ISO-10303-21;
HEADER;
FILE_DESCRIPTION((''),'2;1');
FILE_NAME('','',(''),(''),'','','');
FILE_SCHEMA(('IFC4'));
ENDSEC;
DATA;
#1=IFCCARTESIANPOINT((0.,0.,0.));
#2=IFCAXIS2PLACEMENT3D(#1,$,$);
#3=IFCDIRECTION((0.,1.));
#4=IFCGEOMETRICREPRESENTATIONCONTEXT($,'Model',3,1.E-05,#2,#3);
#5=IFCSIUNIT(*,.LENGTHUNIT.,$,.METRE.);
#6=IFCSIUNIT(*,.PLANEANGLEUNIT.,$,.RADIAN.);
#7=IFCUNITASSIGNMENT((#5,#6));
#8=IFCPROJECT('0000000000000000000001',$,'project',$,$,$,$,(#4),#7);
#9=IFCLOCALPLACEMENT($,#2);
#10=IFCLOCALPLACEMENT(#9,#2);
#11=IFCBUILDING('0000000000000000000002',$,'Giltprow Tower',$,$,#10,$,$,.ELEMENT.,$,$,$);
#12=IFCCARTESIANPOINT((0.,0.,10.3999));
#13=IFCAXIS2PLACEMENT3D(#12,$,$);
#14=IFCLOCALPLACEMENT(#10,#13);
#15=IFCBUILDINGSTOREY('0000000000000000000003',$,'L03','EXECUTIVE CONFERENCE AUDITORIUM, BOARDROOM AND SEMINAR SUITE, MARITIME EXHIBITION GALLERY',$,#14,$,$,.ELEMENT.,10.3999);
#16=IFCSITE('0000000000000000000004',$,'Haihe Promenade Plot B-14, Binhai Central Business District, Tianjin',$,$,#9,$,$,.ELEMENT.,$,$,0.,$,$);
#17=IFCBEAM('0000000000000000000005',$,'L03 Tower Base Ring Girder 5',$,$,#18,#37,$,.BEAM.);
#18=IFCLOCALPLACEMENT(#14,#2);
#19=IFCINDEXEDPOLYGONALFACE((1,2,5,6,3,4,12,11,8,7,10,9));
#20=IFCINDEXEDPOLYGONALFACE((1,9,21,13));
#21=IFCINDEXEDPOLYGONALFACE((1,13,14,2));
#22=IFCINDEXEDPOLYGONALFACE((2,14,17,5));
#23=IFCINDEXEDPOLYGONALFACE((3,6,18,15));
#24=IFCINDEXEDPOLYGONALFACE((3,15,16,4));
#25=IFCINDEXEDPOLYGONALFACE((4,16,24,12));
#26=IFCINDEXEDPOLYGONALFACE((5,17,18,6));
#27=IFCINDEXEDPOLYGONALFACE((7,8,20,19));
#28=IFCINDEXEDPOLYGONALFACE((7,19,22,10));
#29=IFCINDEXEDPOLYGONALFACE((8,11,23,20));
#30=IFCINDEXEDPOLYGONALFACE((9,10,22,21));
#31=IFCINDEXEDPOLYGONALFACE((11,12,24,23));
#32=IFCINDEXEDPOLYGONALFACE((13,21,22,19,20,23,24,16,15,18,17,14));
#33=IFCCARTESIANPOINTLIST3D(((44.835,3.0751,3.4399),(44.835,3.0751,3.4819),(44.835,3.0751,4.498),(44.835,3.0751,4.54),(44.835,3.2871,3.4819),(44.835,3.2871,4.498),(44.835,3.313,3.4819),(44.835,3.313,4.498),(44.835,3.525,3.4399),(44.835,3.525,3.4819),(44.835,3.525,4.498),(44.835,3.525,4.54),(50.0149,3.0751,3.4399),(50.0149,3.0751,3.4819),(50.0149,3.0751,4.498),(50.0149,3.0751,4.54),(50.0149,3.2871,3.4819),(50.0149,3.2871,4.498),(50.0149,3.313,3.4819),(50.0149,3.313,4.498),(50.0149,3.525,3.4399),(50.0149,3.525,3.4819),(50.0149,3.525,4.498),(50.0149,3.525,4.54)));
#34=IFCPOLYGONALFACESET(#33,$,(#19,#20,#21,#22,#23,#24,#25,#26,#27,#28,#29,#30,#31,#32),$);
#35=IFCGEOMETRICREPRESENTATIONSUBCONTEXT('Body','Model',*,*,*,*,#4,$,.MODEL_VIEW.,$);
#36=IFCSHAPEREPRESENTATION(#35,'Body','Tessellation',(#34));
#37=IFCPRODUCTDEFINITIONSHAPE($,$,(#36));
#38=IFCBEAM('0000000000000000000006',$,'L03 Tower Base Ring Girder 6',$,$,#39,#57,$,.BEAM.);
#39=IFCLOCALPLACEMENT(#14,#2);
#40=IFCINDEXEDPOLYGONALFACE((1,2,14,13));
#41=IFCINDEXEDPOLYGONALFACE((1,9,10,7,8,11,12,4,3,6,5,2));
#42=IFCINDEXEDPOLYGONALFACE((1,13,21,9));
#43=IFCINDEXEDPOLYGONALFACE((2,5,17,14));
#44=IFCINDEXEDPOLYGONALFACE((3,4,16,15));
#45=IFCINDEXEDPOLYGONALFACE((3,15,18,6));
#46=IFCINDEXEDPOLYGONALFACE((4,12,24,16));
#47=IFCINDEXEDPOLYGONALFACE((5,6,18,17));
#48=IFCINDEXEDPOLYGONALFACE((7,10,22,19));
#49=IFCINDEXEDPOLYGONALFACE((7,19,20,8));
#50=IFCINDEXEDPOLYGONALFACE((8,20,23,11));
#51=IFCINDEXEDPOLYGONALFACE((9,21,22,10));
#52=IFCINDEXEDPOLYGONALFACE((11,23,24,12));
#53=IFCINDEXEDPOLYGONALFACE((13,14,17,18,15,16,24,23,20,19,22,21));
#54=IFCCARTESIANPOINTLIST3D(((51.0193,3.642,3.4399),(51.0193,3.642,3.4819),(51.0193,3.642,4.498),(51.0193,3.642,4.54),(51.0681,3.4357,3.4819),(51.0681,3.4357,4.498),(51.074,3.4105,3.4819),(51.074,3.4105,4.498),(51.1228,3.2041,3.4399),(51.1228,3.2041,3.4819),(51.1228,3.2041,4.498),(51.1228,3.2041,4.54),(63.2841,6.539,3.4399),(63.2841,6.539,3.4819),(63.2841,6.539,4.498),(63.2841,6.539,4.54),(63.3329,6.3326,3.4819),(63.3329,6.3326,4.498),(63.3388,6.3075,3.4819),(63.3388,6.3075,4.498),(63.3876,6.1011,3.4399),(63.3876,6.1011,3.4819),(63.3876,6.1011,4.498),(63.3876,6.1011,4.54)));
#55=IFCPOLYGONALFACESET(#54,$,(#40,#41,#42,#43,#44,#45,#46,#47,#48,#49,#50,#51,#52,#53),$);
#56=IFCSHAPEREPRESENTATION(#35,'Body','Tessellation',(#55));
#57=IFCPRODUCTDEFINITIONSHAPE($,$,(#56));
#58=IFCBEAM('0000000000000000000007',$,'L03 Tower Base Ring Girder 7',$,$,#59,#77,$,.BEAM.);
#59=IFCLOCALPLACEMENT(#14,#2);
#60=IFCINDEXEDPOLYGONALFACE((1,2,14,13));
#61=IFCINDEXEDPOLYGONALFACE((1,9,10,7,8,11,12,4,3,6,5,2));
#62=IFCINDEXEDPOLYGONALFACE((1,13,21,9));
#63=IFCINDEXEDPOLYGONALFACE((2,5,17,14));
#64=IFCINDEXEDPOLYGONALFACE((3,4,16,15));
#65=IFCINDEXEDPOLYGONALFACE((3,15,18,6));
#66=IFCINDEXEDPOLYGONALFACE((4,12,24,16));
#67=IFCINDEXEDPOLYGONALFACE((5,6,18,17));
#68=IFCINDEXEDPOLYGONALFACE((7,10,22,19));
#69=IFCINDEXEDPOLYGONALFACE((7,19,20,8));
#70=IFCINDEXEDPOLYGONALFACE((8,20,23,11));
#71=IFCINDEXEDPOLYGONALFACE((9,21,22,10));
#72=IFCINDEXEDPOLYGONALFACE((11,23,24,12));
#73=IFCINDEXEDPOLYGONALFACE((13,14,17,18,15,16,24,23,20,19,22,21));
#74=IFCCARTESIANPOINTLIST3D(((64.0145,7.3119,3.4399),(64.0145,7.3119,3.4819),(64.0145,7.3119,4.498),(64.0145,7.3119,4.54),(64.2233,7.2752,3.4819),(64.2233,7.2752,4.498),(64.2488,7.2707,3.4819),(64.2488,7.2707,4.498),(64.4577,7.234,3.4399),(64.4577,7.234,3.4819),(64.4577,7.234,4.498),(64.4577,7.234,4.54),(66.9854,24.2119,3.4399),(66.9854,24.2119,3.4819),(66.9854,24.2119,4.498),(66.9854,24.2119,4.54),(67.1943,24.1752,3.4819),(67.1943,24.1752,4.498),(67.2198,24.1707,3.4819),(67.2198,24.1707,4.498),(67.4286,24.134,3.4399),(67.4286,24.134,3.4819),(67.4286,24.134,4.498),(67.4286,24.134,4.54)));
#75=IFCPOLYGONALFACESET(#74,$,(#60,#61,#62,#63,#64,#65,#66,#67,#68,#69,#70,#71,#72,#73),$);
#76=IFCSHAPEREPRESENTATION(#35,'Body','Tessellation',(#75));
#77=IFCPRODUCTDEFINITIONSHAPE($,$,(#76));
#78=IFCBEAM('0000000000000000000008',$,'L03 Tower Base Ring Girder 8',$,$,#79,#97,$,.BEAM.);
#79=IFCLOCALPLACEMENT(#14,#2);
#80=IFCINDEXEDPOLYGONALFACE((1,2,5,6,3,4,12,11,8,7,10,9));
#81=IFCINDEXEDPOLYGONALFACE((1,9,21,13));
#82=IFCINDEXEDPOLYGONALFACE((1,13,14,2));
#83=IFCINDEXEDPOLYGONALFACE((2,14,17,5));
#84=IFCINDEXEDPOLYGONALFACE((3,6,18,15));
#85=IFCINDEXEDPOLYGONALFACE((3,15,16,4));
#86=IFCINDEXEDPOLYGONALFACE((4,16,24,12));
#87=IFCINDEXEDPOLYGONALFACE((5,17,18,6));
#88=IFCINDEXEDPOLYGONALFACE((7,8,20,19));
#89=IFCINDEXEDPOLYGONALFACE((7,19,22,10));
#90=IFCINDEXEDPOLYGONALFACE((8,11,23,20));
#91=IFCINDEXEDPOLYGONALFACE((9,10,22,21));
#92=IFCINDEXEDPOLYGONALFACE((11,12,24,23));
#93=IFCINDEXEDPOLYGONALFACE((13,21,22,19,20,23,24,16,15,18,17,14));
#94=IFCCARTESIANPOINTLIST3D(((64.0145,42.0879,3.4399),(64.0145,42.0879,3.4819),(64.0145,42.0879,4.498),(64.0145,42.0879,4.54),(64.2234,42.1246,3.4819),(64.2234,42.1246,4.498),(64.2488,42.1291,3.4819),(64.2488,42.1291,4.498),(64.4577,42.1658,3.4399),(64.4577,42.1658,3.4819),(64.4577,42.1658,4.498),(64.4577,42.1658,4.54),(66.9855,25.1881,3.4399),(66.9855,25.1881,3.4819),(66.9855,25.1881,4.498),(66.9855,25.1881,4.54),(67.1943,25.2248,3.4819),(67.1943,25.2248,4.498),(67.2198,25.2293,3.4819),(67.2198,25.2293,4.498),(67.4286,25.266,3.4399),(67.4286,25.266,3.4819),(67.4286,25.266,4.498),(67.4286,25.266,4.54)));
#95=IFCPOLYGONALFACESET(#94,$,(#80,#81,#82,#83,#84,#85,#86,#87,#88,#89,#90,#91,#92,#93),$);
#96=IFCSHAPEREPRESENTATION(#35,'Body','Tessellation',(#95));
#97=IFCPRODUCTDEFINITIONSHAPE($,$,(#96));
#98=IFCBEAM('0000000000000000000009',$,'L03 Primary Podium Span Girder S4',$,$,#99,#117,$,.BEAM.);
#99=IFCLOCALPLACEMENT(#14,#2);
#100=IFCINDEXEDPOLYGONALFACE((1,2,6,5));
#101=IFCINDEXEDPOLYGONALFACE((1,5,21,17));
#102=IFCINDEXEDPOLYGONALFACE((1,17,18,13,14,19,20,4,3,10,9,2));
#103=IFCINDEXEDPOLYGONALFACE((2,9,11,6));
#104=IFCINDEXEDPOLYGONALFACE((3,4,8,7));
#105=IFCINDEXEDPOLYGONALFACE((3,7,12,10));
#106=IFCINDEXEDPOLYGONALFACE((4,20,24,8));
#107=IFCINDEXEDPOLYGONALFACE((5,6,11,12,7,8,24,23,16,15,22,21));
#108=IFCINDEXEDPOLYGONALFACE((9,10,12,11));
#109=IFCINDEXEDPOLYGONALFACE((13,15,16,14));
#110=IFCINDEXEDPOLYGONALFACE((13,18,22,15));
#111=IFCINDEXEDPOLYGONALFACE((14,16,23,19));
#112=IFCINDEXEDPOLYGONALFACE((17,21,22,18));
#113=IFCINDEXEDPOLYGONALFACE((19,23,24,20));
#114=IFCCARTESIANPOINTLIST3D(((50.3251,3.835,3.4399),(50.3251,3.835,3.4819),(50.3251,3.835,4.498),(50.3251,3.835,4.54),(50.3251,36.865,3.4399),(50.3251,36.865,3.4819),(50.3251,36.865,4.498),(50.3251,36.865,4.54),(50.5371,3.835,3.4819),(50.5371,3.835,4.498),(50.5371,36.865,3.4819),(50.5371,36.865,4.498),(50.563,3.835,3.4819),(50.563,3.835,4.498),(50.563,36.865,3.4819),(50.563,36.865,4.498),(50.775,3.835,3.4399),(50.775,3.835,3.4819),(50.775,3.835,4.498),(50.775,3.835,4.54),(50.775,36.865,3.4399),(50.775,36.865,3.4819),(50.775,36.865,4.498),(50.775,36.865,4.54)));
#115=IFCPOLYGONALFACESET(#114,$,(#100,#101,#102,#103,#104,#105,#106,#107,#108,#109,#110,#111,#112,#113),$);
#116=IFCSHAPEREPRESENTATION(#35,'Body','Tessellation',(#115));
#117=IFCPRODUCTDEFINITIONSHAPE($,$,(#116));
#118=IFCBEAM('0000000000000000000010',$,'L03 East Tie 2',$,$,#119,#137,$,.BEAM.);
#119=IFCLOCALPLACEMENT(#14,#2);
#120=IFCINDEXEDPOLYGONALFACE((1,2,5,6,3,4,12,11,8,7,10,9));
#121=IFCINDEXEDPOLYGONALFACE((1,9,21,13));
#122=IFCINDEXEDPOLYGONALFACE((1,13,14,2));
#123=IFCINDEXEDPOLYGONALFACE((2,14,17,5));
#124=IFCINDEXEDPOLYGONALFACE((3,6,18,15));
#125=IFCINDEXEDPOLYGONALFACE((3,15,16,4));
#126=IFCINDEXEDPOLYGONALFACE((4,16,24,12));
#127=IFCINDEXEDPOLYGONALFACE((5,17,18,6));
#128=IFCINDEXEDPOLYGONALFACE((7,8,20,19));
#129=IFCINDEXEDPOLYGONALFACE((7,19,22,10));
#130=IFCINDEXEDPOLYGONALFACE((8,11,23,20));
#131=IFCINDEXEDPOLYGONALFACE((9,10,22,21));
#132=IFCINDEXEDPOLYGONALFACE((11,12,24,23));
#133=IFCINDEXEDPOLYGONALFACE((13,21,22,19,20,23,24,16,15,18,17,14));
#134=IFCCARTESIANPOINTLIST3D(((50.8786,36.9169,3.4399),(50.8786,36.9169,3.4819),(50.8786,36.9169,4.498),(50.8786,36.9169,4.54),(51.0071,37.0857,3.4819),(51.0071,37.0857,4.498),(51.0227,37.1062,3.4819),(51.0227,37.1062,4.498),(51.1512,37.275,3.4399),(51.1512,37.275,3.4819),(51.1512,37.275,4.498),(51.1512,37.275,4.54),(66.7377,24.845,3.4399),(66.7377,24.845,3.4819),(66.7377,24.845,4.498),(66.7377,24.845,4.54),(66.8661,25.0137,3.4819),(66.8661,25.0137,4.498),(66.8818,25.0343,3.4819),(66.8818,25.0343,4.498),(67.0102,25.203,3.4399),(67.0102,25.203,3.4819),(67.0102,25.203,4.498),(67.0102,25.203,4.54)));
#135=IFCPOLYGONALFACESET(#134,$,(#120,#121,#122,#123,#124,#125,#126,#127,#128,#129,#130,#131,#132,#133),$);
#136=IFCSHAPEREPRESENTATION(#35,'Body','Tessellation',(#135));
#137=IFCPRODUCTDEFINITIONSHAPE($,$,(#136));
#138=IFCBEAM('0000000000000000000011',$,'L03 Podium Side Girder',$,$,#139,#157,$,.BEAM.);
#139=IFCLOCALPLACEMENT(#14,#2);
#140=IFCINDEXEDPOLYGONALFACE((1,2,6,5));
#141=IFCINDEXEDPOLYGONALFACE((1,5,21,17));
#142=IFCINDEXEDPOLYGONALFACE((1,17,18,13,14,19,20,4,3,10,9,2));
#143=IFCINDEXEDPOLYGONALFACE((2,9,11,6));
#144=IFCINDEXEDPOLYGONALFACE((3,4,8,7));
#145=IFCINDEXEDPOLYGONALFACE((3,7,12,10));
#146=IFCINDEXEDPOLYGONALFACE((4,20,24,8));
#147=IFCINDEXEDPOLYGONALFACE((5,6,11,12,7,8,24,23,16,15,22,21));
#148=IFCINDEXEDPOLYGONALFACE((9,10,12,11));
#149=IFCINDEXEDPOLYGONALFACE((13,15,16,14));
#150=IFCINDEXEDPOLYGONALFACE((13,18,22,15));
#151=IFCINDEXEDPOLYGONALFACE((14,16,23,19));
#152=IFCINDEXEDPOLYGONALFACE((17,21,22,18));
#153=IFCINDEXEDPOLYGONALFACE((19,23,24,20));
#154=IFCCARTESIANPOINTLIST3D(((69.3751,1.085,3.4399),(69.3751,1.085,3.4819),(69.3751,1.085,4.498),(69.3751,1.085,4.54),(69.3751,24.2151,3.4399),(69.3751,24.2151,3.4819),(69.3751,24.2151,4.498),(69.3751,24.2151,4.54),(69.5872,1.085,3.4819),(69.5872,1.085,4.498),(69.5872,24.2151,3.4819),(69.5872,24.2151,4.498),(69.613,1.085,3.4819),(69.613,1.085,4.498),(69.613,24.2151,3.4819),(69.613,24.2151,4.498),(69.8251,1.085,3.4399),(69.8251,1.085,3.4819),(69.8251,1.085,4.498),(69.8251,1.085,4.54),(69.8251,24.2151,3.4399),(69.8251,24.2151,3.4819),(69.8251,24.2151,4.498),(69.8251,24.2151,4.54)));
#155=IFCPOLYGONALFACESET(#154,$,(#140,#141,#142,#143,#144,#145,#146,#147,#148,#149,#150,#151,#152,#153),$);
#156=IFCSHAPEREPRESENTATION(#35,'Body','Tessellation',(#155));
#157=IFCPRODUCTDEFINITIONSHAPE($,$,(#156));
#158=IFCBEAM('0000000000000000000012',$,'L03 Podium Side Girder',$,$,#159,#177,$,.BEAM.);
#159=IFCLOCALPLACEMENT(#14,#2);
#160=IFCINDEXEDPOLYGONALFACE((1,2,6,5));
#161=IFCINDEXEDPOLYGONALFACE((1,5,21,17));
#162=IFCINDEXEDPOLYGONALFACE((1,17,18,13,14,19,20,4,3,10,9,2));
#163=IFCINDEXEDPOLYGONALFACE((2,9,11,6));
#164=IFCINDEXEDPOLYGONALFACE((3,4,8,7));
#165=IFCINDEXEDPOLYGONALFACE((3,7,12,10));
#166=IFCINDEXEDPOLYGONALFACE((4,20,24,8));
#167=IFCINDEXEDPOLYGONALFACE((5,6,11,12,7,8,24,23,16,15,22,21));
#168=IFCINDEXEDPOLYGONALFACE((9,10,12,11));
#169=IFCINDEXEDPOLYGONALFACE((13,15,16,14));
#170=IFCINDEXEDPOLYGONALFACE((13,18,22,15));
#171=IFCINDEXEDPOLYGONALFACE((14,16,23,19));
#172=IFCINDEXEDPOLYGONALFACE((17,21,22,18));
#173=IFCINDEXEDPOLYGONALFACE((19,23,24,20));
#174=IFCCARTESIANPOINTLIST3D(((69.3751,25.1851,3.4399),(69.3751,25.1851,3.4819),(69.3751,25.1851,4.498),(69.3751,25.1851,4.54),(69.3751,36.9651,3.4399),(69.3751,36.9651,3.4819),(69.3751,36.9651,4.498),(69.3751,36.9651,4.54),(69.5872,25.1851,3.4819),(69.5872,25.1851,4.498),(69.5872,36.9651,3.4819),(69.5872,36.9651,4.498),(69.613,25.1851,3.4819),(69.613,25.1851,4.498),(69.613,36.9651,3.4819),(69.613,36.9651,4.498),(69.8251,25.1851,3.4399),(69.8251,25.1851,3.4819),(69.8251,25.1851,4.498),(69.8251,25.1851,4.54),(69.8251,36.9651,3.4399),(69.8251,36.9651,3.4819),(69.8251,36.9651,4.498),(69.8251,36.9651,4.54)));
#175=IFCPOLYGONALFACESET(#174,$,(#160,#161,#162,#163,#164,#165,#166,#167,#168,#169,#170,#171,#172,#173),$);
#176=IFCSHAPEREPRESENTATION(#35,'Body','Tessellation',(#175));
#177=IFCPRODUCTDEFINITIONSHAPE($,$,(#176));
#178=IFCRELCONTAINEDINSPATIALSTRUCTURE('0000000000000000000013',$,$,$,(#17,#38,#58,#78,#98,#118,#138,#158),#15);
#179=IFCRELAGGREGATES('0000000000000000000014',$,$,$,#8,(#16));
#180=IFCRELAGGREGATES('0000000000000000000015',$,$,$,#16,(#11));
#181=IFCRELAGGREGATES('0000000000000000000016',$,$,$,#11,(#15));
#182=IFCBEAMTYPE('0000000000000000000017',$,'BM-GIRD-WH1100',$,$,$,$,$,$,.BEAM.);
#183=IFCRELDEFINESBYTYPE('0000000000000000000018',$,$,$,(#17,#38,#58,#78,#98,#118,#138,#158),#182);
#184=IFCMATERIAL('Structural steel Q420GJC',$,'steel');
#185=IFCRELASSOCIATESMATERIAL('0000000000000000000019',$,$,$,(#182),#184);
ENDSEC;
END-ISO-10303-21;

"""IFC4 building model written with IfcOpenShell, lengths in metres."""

from ifc_helpers import new_model, si_unit, direction, frame, origin, origin_2d, place, context, subcontext, project, spatial, i_section, extrude, source, transform, mapped, material, material_profile, profile_set, type_object, element, save


model = new_model("IFC4")

# Units and contexts
model_context = context("Model", 3, precision=1e-05, world=origin(), true_north=direction((0.0, 1.0)))
body_context = subcontext(model_context, "Body", "Model", "MODEL_VIEW")
ifc_project = project(units=[si_unit("LENGTHUNIT", "METRE"), si_unit("PLANEANGLEUNIT", "RADIAN")], contexts=[model_context])

# Site, building, storey
site_placement = place(None, origin())
site = spatial("IfcSite", under=ifc_project, at=site_placement, Name="Haihe Promenade Plot B-14, Binhai Central Business District, Tianjin", CompositionType="ELEMENT", RefElevation=0.0)
building_placement = place(site_placement, origin())
building = spatial("IfcBuilding", under=site, at=building_placement, Name="Giltprow Tower", CompositionType="ELEMENT")
storey_placement = place(building_placement, frame((0.0, 0.0, 10.3999)))
storey = spatial("IfcBuildingStorey", under=building, at=storey_placement, Name="L03", Description="EXECUTIVE CONFERENCE AUDITORIUM, BOARDROOM AND SEMINAR SUITE, MARITIME EXHIBITION GALLERY", CompositionType="ELEMENT", Elevation=10.3999)

# Shared definitions
ifc_material_1 = material(Name="Structural steel Q420GJC", Category="steel")

# Beams
ifc_material_profile_1 = material_profile(ifc_material_1, i_section(OverallWidth=0.45, OverallDepth=1.1001, WebThickness=0.0259, FlangeThickness=0.042, at=origin_2d()), Name="WH 1100x450x26x42")
ifc_profile_set_1 = profile_set([ifc_material_profile_1], Name="Structural steel Q420GJC")
beam_type_1 = type_object("IfcBeamType", Name="BM-GIRD-WH1100", PredefinedType="BEAM", material=ifc_profile_set_1)
shared_shape_1 = source(origin(), body_context, "Body", "SweptSolid", [
    extrude(i_section(OverallWidth=0.45, OverallDepth=1.1001, WebThickness=0.0259, FlangeThickness=0.042, at=origin_2d()), origin(), (0.0, 0.0, 1.0), 5.1799),
])
beam_1_placement = place(storey_placement, frame((44.835, 3.3, 3.99), z_axis=(1.0, 0.0, 0.0), x_axis=(0.0, 1.0, 0.0)))
element("IfcBeam", 1, at=beam_1_placement, inside=storey, type_object=beam_type_1, Name="L03 Tower Base Ring Girder 5", PredefinedType="BEAM", context=body_context, shape_type="MappedRepresentation", body=[
    mapped(shared_shape_1, transform((0.0, 0.0, 0.0), x_axis=(1.0, 0.0, 0.0), y_axis=(0.0, 1.0, 0.0), z_axis=(0.0, 0.0, 1.0), scale=1.0)),
])
shared_shape_2 = source(origin(), body_context, "Body", "SweptSolid", [
    extrude(i_section(OverallWidth=0.45, OverallDepth=1.1001, WebThickness=0.0259, FlangeThickness=0.042, at=origin_2d()), origin(), (0.0, 0.0, 1.0), 12.6023),
])
beam_2_placement = place(storey_placement, frame((51.071, 3.4231, 3.99), z_axis=(0.97322, 0.229875, 0.0), x_axis=(-0.229875, 0.97322, 0.0)))
element("IfcBeam", 2, at=beam_2_placement, inside=storey, type_object=beam_type_1, Name="L03 Tower Base Ring Girder 6", PredefinedType="BEAM", context=body_context, shape_type="MappedRepresentation", body=[
    mapped(shared_shape_2, transform((0.0, 0.0, 0.0), x_axis=(1.0, 0.0, 0.0), y_axis=(0.0, 1.0, 0.0), z_axis=(0.0, 0.0, 1.0), scale=1.0)),
])
shared_shape_3 = source(origin(), body_context, "Body", "SweptSolid", [
    extrude(i_section(OverallWidth=0.45, OverallDepth=1.1001, WebThickness=0.0259, FlangeThickness=0.042, at=origin_2d()), origin(), (0.0, 0.0, 1.0), 17.1592),
])
beam_3_placement = place(storey_placement, frame((64.2361, 7.2729, 3.99), z_axis=(0.173139, 0.984897, 0.0), x_axis=(-0.984897, 0.173139, 0.0)))
element("IfcBeam", 3, at=beam_3_placement, inside=storey, type_object=beam_type_1, Name="L03 Tower Base Ring Girder 7", PredefinedType="BEAM", context=body_context, shape_type="MappedRepresentation", body=[
    mapped(shared_shape_3, transform((0.0, 0.0, 0.0), x_axis=(1.0, 0.0, 0.0), y_axis=(0.0, 1.0, 0.0), z_axis=(0.0, 0.0, 1.0), scale=1.0)),
])
shared_shape_4 = source(origin(), body_context, "Body", "SweptSolid", [
    extrude(i_section(OverallWidth=0.45, OverallDepth=1.1001, WebThickness=0.0259, FlangeThickness=0.042, at=origin_2d()), origin(), (0.0, 0.0, 1.0), 17.1589),
])
beam_4_placement = place(storey_placement, frame((67.207, 25.2271, 3.99), z_axis=(-0.173142, 0.984897, 0.0), x_axis=(-0.984897, -0.173142, 0.0)))
element("IfcBeam", 4, at=beam_4_placement, inside=storey, type_object=beam_type_1, Name="L03 Tower Base Ring Girder 8", PredefinedType="BEAM", context=body_context, shape_type="MappedRepresentation", body=[
    mapped(shared_shape_4, transform((0.0, 0.0, 0.0), x_axis=(1.0, 0.0, 0.0), y_axis=(0.0, 1.0, 0.0), z_axis=(0.0, 0.0, 1.0), scale=1.0)),
])
shared_shape_5 = source(origin(), body_context, "Body", "SweptSolid", [
    extrude(i_section(OverallWidth=0.45, OverallDepth=1.1001, WebThickness=0.0259, FlangeThickness=0.042, at=origin_2d()), origin(), (0.0, 0.0, 1.0), 33.03),
])
beam_5_placement = place(storey_placement, frame((50.55, 3.835, 3.99), z_axis=(0.0, 1.0, 0.0), x_axis=(-1.0, 0.0, 0.0)))
element("IfcBeam", 5, at=beam_5_placement, inside=storey, type_object=beam_type_1, Name="L03 Primary Podium Span Girder S4", PredefinedType="BEAM", context=body_context, shape_type="MappedRepresentation", body=[
    mapped(shared_shape_5, transform((0.0, 0.0, 0.0), x_axis=(1.0, 0.0, 0.0), y_axis=(0.0, 1.0, 0.0), z_axis=(0.0, 0.0, 1.0), scale=1.0)),
])
shared_shape_6 = source(origin(), body_context, "Body", "SweptSolid", [
    extrude(i_section(OverallWidth=0.45, OverallDepth=1.1001, WebThickness=0.0259, FlangeThickness=0.042, at=origin_2d()), origin(), (0.0, 0.0, 1.0), 19.9309),
])
beam_6_placement = place(storey_placement, frame((51.0149, 37.0959, 3.99), z_axis=(0.795701, -0.60569, 0.0), x_axis=(0.60569, 0.795701, 0.0)))
element("IfcBeam", 6, at=beam_6_placement, inside=storey, type_object=beam_type_1, Name="L03 East Tie 2", PredefinedType="BEAM", context=body_context, shape_type="MappedRepresentation", body=[
    mapped(shared_shape_6, transform((0.0, 0.0, 0.0), x_axis=(1.0, 0.0, 0.0), y_axis=(0.0, 1.0, 0.0), z_axis=(0.0, 0.0, 1.0), scale=1.0)),
])
shared_shape_7 = source(origin(), body_context, "Body", "SweptSolid", [
    extrude(i_section(OverallWidth=0.45, OverallDepth=1.1001, WebThickness=0.0259, FlangeThickness=0.042, at=origin_2d()), origin(), (0.0, 0.0, 1.0), 23.1301),
])
beam_7_placement = place(storey_placement, frame((69.6001, 1.085, 3.99), z_axis=(0.0, 1.0, 0.0), x_axis=(-1.0, 0.0, 0.0)))
element("IfcBeam", 7, at=beam_7_placement, inside=storey, type_object=beam_type_1, Name="L03 Podium Side Girder", PredefinedType="BEAM", context=body_context, shape_type="MappedRepresentation", body=[
    mapped(shared_shape_7, transform((0.0, 0.0, 0.0), x_axis=(1.0, 0.0, 0.0), y_axis=(0.0, 1.0, 0.0), z_axis=(0.0, 0.0, 1.0), scale=1.0)),
])
shared_shape_8 = source(origin(), body_context, "Body", "SweptSolid", [
    extrude(i_section(OverallWidth=0.45, OverallDepth=1.1001, WebThickness=0.0259, FlangeThickness=0.042, at=origin_2d()), origin(), (0.0, 0.0, 1.0), 11.78),
])
beam_8_placement = place(storey_placement, frame((69.6001, 25.1851, 3.99), z_axis=(0.0, 1.0, 0.0), x_axis=(-1.0, 0.0, 0.0)))
element("IfcBeam", 8, at=beam_8_placement, inside=storey, type_object=beam_type_1, Name="L03 Podium Side Girder", PredefinedType="BEAM", context=body_context, shape_type="MappedRepresentation", body=[
    mapped(shared_shape_8, transform((0.0, 0.0, 0.0), x_axis=(1.0, 0.0, 0.0), y_axis=(0.0, 1.0, 0.0), z_axis=(0.0, 0.0, 1.0), scale=1.0)),
])

save(model, "model.ifc")
